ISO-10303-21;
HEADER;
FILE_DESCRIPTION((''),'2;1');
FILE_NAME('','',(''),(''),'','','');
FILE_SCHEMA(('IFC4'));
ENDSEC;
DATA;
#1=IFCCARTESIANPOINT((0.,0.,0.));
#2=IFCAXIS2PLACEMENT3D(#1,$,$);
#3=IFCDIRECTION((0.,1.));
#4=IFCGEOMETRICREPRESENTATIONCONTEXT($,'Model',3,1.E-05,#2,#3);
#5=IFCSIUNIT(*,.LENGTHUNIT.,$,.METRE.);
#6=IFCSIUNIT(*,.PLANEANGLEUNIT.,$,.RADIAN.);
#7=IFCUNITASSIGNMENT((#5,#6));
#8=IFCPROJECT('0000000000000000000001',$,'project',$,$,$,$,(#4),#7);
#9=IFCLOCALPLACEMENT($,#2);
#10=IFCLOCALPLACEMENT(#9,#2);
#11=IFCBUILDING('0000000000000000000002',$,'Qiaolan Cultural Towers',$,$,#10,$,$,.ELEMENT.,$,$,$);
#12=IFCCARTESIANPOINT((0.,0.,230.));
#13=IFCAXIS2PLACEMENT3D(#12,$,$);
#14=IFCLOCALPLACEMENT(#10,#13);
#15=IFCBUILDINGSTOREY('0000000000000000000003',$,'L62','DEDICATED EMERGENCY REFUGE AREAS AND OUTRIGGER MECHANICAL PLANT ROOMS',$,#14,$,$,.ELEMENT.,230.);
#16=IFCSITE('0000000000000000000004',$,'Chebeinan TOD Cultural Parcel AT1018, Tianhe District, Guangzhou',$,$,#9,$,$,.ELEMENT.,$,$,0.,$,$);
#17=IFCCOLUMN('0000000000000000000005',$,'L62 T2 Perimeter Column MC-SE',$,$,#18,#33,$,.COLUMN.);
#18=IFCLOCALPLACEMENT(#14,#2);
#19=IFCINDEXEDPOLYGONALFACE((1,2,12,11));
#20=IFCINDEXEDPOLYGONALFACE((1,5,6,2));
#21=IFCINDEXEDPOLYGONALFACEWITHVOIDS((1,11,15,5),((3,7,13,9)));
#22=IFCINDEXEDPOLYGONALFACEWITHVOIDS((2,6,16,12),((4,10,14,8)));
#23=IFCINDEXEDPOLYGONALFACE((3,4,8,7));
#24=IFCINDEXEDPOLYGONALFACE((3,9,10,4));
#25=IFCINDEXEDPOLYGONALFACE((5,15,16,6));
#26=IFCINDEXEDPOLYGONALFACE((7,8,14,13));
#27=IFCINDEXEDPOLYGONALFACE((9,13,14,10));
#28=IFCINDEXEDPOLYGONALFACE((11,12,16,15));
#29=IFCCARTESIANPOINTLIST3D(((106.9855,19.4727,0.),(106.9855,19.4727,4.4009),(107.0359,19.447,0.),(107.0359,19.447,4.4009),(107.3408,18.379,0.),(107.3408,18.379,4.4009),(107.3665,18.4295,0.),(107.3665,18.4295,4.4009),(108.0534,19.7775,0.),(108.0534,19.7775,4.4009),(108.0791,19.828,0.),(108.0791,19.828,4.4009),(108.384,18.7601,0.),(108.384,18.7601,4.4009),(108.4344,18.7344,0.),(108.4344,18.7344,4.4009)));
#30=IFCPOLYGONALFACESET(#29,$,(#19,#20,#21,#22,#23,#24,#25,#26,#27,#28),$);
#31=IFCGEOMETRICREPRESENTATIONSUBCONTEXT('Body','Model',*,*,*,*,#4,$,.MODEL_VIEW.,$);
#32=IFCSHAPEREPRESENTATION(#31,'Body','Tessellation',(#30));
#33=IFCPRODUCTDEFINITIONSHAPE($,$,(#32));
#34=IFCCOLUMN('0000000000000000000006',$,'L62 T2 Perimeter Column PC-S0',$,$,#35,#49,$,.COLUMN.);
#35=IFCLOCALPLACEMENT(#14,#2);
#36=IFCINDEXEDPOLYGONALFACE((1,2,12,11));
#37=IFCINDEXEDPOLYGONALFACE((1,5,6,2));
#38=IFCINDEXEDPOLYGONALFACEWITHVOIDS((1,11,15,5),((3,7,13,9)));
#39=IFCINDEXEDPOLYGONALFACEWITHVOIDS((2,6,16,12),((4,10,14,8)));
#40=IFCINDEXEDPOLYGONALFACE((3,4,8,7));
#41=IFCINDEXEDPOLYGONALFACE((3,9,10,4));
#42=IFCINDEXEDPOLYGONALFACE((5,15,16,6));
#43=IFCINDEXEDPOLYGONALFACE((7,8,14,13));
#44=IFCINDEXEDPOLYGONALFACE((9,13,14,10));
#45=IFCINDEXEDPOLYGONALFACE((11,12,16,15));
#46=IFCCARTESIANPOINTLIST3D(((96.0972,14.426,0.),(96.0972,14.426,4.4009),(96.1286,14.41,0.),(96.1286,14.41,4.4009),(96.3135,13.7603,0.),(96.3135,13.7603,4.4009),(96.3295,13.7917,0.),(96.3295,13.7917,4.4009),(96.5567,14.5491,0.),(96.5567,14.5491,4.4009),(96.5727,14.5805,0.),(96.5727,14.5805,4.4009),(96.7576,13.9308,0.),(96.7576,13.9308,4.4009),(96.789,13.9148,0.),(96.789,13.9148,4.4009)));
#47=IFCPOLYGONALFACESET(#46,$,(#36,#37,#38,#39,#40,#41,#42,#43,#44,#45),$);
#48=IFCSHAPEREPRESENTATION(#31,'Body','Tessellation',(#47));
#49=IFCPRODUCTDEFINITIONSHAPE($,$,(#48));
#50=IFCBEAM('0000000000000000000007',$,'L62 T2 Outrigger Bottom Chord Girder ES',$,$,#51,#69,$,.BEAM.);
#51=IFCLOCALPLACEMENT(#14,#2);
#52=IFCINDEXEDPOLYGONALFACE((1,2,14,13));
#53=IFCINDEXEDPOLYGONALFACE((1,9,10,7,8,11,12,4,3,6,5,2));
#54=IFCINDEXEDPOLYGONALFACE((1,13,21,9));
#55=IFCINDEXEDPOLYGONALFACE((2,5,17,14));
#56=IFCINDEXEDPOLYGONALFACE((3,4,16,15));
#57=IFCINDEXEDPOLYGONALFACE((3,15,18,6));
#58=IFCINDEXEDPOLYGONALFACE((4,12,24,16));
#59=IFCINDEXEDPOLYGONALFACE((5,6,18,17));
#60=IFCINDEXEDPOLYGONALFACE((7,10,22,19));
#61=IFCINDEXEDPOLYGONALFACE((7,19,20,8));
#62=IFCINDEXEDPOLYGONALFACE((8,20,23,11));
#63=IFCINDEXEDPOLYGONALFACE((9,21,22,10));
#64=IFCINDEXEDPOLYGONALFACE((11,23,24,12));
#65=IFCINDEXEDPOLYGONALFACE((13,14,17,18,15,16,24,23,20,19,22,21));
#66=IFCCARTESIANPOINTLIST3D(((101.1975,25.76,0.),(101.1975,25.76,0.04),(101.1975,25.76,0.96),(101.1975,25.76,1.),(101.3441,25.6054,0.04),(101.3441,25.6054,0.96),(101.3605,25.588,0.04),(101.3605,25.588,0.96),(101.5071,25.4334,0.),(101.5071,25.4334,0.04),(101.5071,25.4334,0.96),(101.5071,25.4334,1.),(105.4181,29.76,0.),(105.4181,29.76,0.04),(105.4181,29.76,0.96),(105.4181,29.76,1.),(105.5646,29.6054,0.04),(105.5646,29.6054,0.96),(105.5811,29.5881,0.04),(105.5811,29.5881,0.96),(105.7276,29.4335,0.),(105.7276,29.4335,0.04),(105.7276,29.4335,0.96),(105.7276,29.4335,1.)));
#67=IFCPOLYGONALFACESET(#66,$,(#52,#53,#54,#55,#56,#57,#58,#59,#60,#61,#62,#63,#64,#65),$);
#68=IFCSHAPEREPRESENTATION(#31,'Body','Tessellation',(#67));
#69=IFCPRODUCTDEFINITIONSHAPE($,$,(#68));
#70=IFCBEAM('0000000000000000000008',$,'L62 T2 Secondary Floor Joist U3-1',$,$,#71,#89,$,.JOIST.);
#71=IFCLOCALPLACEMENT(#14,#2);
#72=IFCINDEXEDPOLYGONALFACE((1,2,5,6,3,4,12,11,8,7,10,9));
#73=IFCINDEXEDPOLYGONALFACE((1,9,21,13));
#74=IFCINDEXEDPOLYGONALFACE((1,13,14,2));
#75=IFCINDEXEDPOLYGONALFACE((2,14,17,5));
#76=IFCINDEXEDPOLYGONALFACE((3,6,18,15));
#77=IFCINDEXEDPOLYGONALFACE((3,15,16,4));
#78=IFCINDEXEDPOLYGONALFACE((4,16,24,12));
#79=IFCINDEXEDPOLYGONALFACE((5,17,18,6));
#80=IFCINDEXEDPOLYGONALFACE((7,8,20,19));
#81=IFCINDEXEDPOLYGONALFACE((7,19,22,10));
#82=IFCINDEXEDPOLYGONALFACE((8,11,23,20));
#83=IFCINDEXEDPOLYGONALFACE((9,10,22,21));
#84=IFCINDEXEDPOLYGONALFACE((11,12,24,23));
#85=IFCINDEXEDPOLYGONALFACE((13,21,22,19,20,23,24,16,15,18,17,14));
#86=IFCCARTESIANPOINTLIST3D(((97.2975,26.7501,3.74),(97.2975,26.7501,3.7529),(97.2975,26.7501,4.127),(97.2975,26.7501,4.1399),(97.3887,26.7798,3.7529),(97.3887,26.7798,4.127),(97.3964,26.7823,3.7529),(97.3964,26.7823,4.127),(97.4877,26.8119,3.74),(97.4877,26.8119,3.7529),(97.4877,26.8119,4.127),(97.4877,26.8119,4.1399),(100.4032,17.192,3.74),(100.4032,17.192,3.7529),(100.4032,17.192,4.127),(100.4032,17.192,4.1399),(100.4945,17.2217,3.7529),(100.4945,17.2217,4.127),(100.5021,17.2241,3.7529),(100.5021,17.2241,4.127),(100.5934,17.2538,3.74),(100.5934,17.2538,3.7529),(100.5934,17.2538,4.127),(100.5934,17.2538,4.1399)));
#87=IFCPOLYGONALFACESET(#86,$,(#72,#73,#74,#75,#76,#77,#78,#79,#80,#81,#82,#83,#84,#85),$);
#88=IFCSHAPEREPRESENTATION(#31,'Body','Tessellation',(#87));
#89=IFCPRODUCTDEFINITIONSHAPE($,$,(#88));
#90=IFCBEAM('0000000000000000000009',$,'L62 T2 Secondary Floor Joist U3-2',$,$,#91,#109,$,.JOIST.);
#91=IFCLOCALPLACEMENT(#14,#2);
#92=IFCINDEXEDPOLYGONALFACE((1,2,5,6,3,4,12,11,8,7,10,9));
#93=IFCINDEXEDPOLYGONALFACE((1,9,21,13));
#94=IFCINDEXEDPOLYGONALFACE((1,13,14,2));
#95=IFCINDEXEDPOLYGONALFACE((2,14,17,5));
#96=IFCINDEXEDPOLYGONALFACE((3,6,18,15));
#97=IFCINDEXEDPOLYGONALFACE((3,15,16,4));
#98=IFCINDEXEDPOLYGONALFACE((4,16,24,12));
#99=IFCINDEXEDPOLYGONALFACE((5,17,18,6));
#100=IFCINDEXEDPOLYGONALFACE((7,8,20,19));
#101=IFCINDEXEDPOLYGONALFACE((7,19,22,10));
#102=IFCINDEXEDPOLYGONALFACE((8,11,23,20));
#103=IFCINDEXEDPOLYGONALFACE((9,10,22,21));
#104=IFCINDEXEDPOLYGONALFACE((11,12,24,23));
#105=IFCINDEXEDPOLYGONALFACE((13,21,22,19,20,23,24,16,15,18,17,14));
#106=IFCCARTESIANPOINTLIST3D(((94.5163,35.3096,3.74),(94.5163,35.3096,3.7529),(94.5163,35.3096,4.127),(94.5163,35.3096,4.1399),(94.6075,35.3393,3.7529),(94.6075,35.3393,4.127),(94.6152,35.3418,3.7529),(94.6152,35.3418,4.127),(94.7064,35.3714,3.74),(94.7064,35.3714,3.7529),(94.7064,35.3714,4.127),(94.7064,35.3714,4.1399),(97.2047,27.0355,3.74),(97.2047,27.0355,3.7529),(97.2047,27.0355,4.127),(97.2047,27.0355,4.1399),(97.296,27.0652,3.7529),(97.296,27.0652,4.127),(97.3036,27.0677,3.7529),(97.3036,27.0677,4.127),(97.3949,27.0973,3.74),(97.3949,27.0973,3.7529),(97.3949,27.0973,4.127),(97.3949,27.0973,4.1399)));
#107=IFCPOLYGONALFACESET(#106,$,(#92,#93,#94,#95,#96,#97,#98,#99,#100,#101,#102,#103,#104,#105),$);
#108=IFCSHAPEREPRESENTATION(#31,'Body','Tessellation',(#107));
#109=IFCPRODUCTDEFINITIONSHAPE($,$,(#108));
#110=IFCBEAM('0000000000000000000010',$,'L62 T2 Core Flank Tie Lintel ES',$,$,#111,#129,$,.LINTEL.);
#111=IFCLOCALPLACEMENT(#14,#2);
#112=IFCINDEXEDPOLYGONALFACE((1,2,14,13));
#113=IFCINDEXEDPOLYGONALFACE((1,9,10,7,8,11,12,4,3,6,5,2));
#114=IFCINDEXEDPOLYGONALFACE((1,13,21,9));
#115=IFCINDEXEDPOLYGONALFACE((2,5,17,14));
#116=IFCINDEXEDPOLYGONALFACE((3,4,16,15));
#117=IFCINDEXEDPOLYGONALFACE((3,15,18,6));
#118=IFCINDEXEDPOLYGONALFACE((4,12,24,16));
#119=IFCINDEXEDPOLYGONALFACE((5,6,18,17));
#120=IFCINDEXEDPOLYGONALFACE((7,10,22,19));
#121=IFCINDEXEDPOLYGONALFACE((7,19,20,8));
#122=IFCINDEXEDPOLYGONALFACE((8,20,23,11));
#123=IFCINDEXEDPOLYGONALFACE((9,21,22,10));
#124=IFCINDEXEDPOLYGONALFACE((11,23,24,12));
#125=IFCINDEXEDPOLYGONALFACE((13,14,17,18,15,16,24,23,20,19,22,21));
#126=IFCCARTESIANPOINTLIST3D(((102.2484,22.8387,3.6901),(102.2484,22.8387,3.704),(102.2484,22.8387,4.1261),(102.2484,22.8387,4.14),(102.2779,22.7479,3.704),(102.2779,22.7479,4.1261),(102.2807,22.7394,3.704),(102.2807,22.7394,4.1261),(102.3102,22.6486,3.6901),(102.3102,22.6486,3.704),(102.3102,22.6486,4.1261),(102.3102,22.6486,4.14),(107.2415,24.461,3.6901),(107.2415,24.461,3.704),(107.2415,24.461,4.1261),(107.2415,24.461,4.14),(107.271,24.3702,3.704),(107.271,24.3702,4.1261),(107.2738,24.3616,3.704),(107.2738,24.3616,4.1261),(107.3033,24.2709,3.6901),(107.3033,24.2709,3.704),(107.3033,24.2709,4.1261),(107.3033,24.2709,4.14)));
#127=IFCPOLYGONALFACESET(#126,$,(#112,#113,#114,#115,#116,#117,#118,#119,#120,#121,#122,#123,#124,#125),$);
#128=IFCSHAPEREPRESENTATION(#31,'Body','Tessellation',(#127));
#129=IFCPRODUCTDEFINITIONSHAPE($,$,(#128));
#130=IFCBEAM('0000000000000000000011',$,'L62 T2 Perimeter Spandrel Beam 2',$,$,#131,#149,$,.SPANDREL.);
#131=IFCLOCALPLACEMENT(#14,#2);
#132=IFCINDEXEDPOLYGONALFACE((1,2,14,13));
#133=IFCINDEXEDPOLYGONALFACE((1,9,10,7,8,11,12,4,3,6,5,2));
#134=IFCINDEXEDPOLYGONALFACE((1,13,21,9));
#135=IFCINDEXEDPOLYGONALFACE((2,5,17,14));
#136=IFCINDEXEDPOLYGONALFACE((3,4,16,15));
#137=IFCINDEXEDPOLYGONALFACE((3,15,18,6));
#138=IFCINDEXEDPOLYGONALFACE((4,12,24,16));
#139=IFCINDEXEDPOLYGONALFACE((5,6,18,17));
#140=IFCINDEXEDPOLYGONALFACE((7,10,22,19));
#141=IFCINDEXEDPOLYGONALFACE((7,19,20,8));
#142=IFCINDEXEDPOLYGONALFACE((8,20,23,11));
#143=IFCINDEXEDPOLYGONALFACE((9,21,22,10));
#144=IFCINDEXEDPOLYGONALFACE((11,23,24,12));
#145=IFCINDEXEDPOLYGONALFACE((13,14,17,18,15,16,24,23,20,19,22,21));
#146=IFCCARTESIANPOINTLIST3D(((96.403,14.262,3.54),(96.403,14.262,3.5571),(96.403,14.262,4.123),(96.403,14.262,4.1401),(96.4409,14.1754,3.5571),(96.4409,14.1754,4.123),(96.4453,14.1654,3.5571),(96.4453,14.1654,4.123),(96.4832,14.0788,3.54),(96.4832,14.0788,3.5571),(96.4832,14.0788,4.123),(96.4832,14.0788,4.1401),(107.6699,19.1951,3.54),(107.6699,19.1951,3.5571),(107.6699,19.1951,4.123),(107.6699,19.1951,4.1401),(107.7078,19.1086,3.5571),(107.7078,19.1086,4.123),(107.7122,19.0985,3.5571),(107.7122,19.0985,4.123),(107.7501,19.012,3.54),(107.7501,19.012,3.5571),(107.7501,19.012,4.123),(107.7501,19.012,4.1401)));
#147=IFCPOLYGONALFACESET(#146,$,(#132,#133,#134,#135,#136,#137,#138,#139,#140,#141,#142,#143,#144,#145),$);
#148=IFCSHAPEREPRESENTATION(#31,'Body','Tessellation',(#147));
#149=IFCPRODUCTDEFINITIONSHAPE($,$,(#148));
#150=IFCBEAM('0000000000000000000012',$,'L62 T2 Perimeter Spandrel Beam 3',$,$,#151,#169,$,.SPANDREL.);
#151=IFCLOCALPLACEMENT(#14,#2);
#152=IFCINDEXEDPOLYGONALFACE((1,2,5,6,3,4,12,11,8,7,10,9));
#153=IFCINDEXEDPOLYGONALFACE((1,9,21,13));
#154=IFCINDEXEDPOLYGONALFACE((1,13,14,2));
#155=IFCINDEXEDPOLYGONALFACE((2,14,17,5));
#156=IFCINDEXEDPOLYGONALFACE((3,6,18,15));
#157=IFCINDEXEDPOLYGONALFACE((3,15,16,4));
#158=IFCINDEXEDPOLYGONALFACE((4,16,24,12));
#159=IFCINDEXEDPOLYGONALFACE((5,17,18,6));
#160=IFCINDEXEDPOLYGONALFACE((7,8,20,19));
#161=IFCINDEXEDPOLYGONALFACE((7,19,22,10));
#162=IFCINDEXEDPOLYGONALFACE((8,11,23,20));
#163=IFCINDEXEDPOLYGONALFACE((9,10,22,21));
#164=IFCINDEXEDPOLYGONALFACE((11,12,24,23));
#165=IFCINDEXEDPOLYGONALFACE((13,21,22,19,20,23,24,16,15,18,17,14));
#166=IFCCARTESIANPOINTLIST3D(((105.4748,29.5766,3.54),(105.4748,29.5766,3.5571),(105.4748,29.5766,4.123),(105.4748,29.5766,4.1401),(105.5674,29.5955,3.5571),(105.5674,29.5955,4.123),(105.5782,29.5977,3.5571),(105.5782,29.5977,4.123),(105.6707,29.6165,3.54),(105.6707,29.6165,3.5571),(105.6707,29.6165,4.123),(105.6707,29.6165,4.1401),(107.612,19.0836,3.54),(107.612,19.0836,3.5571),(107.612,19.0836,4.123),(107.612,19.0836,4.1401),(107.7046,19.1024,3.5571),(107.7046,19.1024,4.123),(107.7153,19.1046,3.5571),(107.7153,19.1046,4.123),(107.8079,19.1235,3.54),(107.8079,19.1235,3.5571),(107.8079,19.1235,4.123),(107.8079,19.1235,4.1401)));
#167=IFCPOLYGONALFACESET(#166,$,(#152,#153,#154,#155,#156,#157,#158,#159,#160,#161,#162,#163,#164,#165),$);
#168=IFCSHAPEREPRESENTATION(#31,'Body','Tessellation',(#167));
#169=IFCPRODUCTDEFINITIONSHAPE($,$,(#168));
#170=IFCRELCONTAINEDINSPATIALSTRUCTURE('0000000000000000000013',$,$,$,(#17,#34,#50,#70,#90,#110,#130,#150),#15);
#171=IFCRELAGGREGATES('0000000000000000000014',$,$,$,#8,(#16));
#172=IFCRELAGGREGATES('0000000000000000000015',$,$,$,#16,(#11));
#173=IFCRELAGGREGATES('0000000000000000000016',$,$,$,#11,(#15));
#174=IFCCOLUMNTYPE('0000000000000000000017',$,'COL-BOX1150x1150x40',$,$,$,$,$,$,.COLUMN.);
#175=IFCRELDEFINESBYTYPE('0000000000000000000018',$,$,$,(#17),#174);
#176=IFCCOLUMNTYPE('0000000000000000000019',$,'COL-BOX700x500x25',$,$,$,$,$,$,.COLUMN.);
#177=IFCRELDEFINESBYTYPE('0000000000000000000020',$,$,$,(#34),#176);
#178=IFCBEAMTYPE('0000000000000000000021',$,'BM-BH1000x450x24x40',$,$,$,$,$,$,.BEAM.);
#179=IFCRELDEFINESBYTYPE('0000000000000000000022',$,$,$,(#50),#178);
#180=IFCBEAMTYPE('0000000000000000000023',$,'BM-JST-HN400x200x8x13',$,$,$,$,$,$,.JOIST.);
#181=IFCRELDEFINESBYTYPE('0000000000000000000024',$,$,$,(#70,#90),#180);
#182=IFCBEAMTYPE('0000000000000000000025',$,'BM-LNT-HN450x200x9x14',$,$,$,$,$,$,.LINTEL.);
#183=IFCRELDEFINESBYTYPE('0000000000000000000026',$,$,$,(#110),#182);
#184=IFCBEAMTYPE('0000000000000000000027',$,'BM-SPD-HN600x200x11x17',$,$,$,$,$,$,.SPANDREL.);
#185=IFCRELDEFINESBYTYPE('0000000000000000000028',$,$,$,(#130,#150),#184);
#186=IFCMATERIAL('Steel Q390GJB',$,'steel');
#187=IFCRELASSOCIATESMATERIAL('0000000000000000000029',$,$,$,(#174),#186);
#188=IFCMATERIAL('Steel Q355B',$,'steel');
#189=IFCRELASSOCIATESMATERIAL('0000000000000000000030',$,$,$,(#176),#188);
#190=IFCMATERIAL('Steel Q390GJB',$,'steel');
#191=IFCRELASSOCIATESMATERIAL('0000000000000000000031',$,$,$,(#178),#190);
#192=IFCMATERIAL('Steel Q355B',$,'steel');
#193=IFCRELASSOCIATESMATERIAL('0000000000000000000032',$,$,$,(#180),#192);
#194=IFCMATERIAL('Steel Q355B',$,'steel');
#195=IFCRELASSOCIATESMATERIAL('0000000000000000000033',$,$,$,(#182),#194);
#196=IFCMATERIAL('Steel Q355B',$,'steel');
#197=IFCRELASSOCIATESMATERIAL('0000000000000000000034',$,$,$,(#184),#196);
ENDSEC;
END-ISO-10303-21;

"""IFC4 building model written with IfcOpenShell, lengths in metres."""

from ifc_helpers import new_model, si_unit, direction, frame, origin, origin_2d, place, context, subcontext, project, spatial, hollow_rectangle, i_section, extrude, material, material_profile, profile_set, type_object, element, save


model = new_model("IFC4")

# Units and contexts
model_context = context("Model", 3, precision=1e-05, world=origin(), true_north=direction((0.0, 1.0)))
body_context = subcontext(model_context, "Body", "Model", "MODEL_VIEW")
ifc_project = project(units=[si_unit("LENGTHUNIT", "METRE"), si_unit("PLANEANGLEUNIT", "RADIAN")], contexts=[model_context])

# Site, building, storey
site_placement = place(None, origin())
site = spatial("IfcSite", under=ifc_project, at=site_placement, Name="Chebeinan TOD Cultural Parcel AT1018, Tianhe District, Guangzhou", CompositionType="ELEMENT", RefElevation=0.0)
building_placement = place(site_placement, origin())
building = spatial("IfcBuilding", under=site, at=building_placement, Name="Qiaolan Cultural Towers", CompositionType="ELEMENT")
storey_placement = place(building_placement, frame((0.0, 0.0, 230.0)))
storey = spatial("IfcBuildingStorey", under=building, at=storey_placement, Name="L62", Description="DEDICATED EMERGENCY REFUGE AREAS AND OUTRIGGER MECHANICAL PLANT ROOMS", CompositionType="ELEMENT", Elevation=230.0)

# Columns
ifc_material_1 = material(Name="Steel Q390GJB", Category="steel")
ifc_material_profile_1 = material_profile(ifc_material_1, hollow_rectangle(XDim=1.1499, YDim=1.1499, WallThickness=0.04, at=origin_2d()), Name="BOX1150x1150x40")
ifc_profile_set_1 = profile_set([ifc_material_profile_1], Name="Steel Q390GJB")
column_type_1 = type_object("IfcColumnType", Name="COL-BOX1150x1150x40", PredefinedType="COLUMN", material=ifc_profile_set_1)
column_1_placement = place(storey_placement, frame((107.71, 19.1035, 0.0), z_axis=(0.0, 0.0, 1.0), x_axis=(0.951057, 0.309017, 0.0)))
element("IfcColumn", 1, at=column_1_placement, inside=storey, type_object=column_type_1, Name="L62 T2 Perimeter Column MC-SE", PredefinedType="COLUMN", context=body_context, shape_type="SweptSolid", body=[
    extrude(hollow_rectangle(XDim=1.1499, YDim=1.1499, WallThickness=0.04, at=origin_2d()), origin(), (0.0, 0.0, 1.0), 4.4009),
])
ifc_material_2 = material(Name="Steel Q355B", Category="steel")
ifc_material_profile_2 = material_profile(ifc_material_2, hollow_rectangle(XDim=0.5, YDim=0.7, WallThickness=0.0249, at=origin_2d()), Name="BOX700x500x25")
ifc_profile_set_2 = profile_set([ifc_material_profile_2], Name="Steel Q355B")
column_type_2 = type_object("IfcColumnType", Name="COL-BOX700x500x25", PredefinedType="COLUMN", material=ifc_profile_set_2)
column_2_placement = place(storey_placement, frame((96.4431, 14.1704, 0.0), z_axis=(0.0, 0.0, 1.0), x_axis=(0.951057, 0.309017, 0.0)))
element("IfcColumn", 2, at=column_2_placement, inside=storey, type_object=column_type_2, Name="L62 T2 Perimeter Column PC-S0", PredefinedType="COLUMN", context=body_context, shape_type="SweptSolid", body=[
    extrude(hollow_rectangle(XDim=0.5, YDim=0.7, WallThickness=0.0249, at=origin_2d()), origin(), (0.0, 0.0, 1.0), 4.4009),
])

# Beams
ifc_material_3 = material(Name="Steel Q390GJB", Category="steel")
ifc_material_profile_3 = material_profile(ifc_material_3, i_section(OverallWidth=0.45, OverallDepth=1.0, WebThickness=0.0239, FlangeThickness=0.04, at=origin_2d()), Name="BH1000x450x24x40")
ifc_profile_set_3 = profile_set([ifc_material_profile_3], Name="Steel Q390GJB")
beam_type_1 = type_object("IfcBeamType", Name="BM-BH1000x450x24x40", PredefinedType="BEAM", material=ifc_profile_set_3)
beam_1_placement = place(storey_placement, frame((101.3523, 25.5967, 0.5), z_axis=(0.725809, 0.687896, 0.0), x_axis=(-0.687896, 0.725809, 0.0)))
element("IfcBeam", 3, at=beam_1_placement, inside=storey, type_object=beam_type_1, Name="L62 T2 Outrigger Bottom Chord Girder ES", PredefinedType="BEAM", context=body_context, shape_type="SweptSolid", body=[
    extrude(i_section(OverallWidth=0.45, OverallDepth=1.0, WebThickness=0.0239, FlangeThickness=0.04, at=origin_2d()), origin(), (0.0, 0.0, 1.0), 5.8149),
])
ifc_material_4 = material(Name="Steel Q355B", Category="steel")
ifc_material_profile_4 = material_profile(ifc_material_4, i_section(OverallWidth=0.2, OverallDepth=0.3999, WebThickness=0.0081, FlangeThickness=0.0129, at=origin_2d()), Name="HN400x200x8x13")
ifc_profile_set_4 = profile_set([ifc_material_profile_4], Name="Steel Q355B")
beam_type_2 = type_object("IfcBeamType", Name="BM-JST-HN400x200x8x13", PredefinedType="JOIST", material=ifc_profile_set_4)
beam_2_placement = place(storey_placement, frame((100.4983, 17.2229, 3.9399), z_axis=(-0.309026, 0.951054, 0.0), x_axis=(-0.951054, -0.309026, 0.0)))
element("IfcBeam", 4, at=beam_2_placement, inside=storey, type_object=beam_type_2, Name="L62 T2 Secondary Floor Joist U3-1", PredefinedType="JOIST", context=body_context, shape_type="SweptSolid", body=[
    extrude(i_section(OverallWidth=0.2, OverallDepth=0.3999, WebThickness=0.0081, FlangeThickness=0.0129, at=origin_2d()), origin(), (0.0, 0.0, 1.0), 10.05),
])
beam_3_placement = place(storey_placement, frame((97.2998, 27.0664, 3.9399), z_axis=(-0.309021, 0.951055, 0.0), x_axis=(-0.951055, -0.309021, 0.0)))
element("IfcBeam", 5, at=beam_3_placement, inside=storey, type_object=beam_type_2, Name="L62 T2 Secondary Floor Joist U3-2", PredefinedType="JOIST", context=body_context, shape_type="SweptSolid", body=[
    extrude(i_section(OverallWidth=0.2, OverallDepth=0.3999, WebThickness=0.0081, FlangeThickness=0.0129, at=origin_2d()), origin(), (0.0, 0.0, 1.0), 8.7),
])
ifc_material_5 = material(Name="Steel Q355B", Category="steel")
ifc_material_profile_5 = material_profile(ifc_material_5, i_section(OverallWidth=0.2, OverallDepth=0.45, WebThickness=0.009, FlangeThickness=0.0139, at=origin_2d()), Name="HN450x200x9x14")
ifc_profile_set_5 = profile_set([ifc_material_profile_5], Name="Steel Q355B")
beam_type_3 = type_object("IfcBeamType", Name="BM-LNT-HN450x200x9x14", PredefinedType="LINTEL", material=ifc_profile_set_5)
beam_4_placement = place(storey_placement, frame((102.2793, 22.7437, 3.915), z_axis=(0.95106, 0.309006, 0.0), x_axis=(-0.309006, 0.95106, 0.0)))
element("IfcBeam", 6, at=beam_4_placement, inside=storey, type_object=beam_type_3, Name="L62 T2 Core Flank Tie Lintel ES", PredefinedType="LINTEL", context=body_context, shape_type="SweptSolid", body=[
    extrude(i_section(OverallWidth=0.2, OverallDepth=0.45, WebThickness=0.009, FlangeThickness=0.0139, at=origin_2d()), origin(), (0.0, 0.0, 1.0), 5.25),
])
ifc_material_6 = material(Name="Steel Q355B", Category="steel")
ifc_material_profile_6 = material_profile(ifc_material_6, i_section(OverallWidth=0.2, OverallDepth=0.6001, WebThickness=0.011, FlangeThickness=0.0171, at=origin_2d()), Name="HN600x200x11x17")
ifc_profile_set_6 = profile_set([ifc_material_profile_6], Name="Steel Q355B")
beam_type_4 = type_object("IfcBeamType", Name="BM-SPD-HN600x200x11x17", PredefinedType="SPANDREL", material=ifc_profile_set_6)
beam_5_placement = place(storey_placement, frame((96.4431, 14.1704, 3.8401), z_axis=(0.916042, 0.401082, 0.0), x_axis=(-0.401082, 0.916042, 0.0)))
element("IfcBeam", 7, at=beam_5_placement, inside=storey, type_object=beam_type_4, Name="L62 T2 Perimeter Spandrel Beam 2", PredefinedType="SPANDREL", context=body_context, shape_type="SweptSolid", body=[
    extrude(i_section(OverallWidth=0.2, OverallDepth=0.6001, WebThickness=0.011, FlangeThickness=0.0171, at=origin_2d()), origin(), (0.0, 0.0, 1.0), 12.2996),
])
beam_6_placement = place(storey_placement, frame((107.71, 19.1035, 3.8401), z_axis=(-0.199579, 0.979882, 0.0), x_axis=(-0.979882, -0.199579, 0.0)))
element("IfcBeam", 8, at=beam_6_placement, inside=storey, type_object=beam_type_4, Name="L62 T2 Perimeter Spandrel Beam 3", PredefinedType="SPANDREL", context=body_context, shape_type="SweptSolid", body=[
    extrude(i_section(OverallWidth=0.2, OverallDepth=0.6001, WebThickness=0.011, FlangeThickness=0.0171, at=origin_2d()), origin(), (0.0, 0.0, 1.0), 10.7085),
])

save(model, "model.ifc")
